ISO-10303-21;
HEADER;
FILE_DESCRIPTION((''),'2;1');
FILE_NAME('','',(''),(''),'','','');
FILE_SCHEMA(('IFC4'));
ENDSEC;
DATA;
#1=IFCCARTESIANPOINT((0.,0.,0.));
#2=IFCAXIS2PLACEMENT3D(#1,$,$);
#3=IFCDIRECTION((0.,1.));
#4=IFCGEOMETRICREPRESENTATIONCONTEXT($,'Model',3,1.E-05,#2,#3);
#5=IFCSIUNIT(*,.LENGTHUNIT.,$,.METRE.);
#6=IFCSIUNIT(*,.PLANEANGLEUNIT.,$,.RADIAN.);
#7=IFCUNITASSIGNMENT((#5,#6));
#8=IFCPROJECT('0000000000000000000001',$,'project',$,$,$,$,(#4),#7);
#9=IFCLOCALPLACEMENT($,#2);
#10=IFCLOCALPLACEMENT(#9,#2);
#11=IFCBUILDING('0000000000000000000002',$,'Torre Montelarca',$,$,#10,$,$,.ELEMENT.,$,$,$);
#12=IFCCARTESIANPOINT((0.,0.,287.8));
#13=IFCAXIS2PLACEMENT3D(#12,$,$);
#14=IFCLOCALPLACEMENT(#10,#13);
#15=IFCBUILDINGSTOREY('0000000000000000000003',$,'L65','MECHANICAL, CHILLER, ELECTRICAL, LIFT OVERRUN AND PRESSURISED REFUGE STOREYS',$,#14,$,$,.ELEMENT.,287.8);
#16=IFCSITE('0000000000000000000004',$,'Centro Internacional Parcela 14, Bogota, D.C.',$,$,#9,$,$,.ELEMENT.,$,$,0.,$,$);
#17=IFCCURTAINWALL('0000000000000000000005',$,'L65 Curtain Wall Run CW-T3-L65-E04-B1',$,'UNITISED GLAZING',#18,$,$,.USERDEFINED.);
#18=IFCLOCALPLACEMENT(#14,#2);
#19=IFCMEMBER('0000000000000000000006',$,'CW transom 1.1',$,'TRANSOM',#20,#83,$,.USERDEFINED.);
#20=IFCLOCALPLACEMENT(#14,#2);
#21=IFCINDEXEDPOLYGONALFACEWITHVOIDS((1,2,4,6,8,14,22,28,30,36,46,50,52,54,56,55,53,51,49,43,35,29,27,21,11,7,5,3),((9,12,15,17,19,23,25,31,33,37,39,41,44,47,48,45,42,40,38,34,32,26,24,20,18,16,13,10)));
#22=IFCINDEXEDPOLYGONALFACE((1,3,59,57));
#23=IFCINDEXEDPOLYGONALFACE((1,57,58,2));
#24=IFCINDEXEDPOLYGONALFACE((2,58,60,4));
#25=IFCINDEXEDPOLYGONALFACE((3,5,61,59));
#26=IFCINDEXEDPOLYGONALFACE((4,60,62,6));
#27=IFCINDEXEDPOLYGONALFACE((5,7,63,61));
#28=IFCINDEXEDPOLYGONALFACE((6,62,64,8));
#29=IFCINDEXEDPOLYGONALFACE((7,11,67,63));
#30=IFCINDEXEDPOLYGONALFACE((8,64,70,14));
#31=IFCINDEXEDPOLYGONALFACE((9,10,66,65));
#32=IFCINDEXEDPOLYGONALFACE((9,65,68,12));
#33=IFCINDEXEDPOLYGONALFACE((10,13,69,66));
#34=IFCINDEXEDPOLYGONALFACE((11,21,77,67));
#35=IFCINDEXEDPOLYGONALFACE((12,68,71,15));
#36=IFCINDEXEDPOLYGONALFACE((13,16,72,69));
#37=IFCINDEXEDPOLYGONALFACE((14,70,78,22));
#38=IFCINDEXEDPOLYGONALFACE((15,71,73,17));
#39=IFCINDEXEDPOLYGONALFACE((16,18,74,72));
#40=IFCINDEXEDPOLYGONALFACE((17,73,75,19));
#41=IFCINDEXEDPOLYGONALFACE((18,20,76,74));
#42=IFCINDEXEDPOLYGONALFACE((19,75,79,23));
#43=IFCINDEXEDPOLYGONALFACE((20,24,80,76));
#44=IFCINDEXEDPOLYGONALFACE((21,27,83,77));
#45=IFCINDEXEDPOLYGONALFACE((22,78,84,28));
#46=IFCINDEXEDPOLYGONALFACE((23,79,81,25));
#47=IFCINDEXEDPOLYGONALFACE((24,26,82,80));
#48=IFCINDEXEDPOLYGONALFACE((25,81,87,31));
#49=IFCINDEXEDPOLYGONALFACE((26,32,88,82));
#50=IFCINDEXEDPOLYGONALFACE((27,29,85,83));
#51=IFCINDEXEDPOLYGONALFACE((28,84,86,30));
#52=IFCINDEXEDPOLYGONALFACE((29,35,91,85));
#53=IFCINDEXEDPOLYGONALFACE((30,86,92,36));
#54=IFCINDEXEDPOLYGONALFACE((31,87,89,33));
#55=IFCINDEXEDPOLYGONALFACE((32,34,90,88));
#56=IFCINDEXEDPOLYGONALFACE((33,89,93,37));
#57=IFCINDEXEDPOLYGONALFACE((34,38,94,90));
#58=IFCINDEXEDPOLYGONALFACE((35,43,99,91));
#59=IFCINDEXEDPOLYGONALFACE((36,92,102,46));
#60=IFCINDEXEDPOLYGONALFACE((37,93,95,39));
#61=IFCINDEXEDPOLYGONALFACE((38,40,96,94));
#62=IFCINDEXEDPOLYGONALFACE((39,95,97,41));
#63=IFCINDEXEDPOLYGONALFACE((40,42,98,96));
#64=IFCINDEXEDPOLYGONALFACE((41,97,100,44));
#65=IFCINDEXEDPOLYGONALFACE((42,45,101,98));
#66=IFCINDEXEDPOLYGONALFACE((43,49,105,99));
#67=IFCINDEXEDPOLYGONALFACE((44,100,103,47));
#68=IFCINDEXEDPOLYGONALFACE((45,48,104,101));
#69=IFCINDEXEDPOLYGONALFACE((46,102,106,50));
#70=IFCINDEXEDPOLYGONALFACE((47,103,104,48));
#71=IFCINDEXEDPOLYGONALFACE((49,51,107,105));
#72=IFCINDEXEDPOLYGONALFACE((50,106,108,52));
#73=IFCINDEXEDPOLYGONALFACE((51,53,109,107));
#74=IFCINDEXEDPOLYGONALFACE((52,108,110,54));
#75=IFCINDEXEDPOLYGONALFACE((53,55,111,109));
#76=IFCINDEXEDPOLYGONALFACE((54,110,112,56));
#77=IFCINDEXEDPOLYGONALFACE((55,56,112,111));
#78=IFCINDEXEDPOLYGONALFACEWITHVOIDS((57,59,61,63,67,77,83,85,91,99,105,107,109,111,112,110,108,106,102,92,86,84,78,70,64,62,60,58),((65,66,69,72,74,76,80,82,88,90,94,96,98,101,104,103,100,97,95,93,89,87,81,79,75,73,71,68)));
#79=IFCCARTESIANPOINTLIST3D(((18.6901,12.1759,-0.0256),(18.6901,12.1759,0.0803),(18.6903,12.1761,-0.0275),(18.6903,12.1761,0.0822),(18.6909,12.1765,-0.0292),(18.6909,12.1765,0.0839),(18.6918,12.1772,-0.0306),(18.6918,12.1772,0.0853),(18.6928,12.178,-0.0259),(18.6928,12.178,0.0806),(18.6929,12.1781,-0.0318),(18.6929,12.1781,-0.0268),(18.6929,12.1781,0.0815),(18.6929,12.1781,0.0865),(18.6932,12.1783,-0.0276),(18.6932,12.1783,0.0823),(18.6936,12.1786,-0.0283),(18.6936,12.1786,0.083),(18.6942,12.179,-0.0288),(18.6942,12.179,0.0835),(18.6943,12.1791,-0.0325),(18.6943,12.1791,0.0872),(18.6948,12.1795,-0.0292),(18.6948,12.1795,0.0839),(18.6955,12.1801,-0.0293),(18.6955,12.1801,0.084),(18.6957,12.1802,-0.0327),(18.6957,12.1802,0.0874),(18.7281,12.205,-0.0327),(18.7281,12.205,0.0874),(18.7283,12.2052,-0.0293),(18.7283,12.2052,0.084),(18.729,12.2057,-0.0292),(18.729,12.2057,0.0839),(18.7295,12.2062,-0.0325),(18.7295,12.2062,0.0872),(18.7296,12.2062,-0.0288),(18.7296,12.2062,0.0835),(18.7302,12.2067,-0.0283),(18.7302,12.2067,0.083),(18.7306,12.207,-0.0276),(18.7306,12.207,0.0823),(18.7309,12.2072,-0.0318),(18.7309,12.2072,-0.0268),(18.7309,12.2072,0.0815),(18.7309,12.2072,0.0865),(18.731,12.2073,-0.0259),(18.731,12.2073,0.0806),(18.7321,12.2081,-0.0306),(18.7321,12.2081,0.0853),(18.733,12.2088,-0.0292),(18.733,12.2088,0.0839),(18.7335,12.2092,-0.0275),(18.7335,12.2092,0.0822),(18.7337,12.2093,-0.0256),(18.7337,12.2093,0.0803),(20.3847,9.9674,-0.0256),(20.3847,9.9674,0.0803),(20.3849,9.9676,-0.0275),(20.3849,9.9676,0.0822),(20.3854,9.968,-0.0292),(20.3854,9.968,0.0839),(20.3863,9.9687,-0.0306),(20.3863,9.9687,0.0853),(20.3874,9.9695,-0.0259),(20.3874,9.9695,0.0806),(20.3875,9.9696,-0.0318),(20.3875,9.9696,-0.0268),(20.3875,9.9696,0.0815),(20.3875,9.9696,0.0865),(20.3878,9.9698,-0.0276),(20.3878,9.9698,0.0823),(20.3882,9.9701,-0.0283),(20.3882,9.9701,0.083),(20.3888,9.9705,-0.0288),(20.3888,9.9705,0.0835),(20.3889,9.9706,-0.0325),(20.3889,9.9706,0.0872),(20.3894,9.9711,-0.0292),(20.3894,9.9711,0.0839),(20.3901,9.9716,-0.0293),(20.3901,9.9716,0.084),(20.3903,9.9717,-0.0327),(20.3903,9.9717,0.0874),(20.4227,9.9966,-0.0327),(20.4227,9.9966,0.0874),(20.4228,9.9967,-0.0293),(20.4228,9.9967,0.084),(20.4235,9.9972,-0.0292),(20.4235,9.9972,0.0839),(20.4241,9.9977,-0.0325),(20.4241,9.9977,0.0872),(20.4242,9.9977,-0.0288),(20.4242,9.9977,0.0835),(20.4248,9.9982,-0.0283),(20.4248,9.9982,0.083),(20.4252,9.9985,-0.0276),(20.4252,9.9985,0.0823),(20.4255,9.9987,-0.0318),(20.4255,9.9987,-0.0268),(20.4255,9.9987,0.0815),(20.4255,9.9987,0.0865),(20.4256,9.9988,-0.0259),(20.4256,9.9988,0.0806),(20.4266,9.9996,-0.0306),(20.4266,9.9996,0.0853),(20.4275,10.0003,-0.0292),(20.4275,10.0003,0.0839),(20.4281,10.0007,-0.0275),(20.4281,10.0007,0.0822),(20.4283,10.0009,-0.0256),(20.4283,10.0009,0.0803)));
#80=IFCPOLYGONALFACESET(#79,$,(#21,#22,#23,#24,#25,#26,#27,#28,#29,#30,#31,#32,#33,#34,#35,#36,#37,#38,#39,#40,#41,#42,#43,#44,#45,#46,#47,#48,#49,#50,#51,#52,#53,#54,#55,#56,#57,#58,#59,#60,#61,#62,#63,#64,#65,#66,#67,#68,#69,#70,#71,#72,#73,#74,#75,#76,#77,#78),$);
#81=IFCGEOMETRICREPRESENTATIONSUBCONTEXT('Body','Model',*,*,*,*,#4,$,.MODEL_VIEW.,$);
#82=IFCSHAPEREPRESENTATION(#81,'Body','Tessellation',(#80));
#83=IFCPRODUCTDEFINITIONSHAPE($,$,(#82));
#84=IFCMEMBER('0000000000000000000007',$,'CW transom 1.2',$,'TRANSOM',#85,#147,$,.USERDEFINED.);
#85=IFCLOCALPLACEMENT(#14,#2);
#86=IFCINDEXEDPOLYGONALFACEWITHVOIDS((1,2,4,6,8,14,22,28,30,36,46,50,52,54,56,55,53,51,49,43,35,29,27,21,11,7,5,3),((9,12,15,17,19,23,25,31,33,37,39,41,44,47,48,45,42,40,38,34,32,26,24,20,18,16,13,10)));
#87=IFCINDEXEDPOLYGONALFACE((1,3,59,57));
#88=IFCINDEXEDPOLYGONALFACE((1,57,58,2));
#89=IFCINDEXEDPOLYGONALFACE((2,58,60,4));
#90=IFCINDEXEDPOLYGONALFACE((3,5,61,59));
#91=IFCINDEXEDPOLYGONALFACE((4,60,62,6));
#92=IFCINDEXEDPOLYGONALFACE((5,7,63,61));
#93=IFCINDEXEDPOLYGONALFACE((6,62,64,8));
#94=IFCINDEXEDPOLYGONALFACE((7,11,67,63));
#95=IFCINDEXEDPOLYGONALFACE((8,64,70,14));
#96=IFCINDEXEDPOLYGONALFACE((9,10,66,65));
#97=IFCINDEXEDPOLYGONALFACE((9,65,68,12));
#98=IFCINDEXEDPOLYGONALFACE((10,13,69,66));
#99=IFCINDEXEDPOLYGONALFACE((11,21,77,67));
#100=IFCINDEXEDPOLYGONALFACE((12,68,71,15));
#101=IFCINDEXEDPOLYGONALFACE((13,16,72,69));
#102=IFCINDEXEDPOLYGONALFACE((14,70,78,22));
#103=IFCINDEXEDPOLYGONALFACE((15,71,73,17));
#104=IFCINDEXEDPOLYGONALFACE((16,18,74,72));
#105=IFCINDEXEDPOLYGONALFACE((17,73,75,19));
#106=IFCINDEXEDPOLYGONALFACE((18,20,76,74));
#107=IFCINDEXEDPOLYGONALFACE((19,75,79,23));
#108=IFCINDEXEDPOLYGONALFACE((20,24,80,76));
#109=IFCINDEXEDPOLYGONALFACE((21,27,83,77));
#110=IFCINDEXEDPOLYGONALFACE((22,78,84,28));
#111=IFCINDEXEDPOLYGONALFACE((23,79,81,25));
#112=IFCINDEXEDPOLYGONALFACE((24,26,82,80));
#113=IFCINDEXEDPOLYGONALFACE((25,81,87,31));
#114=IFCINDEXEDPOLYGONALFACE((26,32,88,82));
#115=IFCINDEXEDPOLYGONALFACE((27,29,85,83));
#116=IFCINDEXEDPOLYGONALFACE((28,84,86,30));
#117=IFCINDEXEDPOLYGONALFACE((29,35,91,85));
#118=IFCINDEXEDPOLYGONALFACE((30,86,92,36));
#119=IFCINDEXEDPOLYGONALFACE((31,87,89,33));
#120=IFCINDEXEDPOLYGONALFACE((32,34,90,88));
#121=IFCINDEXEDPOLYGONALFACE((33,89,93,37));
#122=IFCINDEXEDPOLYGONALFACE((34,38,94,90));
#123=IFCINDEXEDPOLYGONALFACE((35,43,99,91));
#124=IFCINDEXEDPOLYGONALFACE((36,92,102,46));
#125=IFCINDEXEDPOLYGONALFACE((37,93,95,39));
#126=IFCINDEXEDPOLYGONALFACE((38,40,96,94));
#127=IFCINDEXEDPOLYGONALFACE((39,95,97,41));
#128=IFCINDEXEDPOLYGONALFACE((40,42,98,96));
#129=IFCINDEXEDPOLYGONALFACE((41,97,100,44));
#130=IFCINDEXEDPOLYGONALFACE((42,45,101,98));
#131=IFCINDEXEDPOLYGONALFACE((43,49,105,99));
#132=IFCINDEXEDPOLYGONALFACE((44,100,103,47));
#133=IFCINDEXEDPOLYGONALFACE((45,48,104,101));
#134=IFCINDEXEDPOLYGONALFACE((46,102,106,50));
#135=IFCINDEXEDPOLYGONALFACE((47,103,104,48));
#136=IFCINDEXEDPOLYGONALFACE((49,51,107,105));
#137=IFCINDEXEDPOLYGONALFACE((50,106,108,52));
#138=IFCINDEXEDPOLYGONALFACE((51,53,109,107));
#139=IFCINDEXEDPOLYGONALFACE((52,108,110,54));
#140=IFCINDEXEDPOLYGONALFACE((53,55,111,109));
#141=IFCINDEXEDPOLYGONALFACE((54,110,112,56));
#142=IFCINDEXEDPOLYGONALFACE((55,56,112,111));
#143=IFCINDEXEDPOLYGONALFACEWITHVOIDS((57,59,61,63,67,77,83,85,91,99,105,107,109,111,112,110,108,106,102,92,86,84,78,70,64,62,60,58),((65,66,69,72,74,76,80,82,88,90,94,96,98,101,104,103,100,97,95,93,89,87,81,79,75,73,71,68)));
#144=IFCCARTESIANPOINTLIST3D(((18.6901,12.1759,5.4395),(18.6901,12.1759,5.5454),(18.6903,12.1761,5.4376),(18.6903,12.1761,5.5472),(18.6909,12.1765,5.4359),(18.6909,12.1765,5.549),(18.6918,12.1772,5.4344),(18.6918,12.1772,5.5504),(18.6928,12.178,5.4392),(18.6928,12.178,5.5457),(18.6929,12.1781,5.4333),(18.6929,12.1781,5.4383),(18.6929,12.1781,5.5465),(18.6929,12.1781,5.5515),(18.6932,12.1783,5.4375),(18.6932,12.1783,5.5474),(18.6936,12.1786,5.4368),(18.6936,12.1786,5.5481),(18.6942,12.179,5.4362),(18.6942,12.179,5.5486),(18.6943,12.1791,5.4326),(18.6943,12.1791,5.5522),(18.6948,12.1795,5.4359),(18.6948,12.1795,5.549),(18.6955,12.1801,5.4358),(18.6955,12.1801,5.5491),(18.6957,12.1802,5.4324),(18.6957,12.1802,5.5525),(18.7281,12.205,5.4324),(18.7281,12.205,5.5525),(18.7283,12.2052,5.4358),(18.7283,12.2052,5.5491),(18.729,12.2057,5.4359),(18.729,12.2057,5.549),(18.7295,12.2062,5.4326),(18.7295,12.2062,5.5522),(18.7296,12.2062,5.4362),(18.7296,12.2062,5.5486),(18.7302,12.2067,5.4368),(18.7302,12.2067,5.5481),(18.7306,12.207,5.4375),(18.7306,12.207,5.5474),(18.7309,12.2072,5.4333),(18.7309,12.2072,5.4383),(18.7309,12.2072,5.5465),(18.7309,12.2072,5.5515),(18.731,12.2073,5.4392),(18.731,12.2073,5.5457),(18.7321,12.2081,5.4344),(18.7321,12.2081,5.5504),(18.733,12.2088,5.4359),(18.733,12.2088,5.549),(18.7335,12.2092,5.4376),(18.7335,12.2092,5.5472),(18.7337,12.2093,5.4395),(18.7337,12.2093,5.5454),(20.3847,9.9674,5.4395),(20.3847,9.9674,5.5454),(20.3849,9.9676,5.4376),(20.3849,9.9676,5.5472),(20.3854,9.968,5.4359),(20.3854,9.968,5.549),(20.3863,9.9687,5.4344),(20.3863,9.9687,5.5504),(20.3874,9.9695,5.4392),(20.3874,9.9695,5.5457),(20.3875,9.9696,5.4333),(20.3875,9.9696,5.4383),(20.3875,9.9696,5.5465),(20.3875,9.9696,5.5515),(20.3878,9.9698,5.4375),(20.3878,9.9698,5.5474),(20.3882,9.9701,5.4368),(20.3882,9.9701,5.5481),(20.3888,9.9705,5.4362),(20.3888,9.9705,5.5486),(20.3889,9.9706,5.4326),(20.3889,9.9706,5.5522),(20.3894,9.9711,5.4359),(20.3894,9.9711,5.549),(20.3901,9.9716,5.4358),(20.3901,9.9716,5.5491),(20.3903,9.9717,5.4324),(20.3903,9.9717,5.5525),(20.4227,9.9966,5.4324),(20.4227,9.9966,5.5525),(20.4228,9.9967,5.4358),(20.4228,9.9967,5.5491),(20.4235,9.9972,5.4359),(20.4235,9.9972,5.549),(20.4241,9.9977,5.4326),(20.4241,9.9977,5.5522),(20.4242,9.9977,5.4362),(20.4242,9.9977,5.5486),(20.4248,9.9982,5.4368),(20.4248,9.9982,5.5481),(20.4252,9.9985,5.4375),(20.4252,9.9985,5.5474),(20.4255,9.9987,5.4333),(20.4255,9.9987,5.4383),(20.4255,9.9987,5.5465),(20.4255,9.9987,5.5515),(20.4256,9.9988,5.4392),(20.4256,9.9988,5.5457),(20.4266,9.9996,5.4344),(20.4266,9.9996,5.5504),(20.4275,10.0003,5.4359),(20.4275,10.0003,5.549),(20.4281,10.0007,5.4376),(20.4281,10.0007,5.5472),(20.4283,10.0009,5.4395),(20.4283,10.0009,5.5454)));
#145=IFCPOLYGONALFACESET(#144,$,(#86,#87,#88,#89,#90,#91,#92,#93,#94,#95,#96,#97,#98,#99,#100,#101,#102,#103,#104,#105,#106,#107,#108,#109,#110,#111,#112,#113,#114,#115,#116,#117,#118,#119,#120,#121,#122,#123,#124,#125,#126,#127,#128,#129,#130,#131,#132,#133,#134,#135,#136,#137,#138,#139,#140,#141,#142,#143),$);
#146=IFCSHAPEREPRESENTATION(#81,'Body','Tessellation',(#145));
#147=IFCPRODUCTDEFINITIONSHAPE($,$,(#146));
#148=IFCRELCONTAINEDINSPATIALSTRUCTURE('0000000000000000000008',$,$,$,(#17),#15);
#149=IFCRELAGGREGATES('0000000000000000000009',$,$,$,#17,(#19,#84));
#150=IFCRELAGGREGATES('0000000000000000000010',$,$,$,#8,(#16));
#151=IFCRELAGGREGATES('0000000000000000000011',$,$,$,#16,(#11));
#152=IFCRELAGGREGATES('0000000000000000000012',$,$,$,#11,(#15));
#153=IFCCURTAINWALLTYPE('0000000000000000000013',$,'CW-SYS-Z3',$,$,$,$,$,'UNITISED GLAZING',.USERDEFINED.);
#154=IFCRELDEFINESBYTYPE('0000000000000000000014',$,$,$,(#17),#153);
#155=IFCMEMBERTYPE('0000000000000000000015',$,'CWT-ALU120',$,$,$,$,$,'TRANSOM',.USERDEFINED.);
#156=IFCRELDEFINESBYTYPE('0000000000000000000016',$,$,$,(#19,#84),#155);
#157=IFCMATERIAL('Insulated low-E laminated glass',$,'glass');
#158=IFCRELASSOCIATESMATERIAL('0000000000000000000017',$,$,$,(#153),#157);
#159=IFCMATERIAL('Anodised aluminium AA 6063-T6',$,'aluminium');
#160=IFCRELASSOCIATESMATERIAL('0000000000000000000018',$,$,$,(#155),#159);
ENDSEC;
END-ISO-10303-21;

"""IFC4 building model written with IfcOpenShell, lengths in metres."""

from ifc_helpers import new_model, si_unit, direction, frame, origin, origin_2d, place, context, subcontext, project, spatial, hollow_rectangle, extrude, source, transform, mapped, material, material_profile, profile_set, type_object, element, aggregate, save


model = new_model("IFC4")

# Units and contexts
model_context = context("Model", 3, precision=1e-05, world=origin(), true_north=direction((0.0, 1.0)))
body_context = subcontext(model_context, "Body", "Model", "MODEL_VIEW")
ifc_project = project(units=[si_unit("LENGTHUNIT", "METRE"), si_unit("PLANEANGLEUNIT", "RADIAN")], contexts=[model_context])

# Site, building, storey
site_placement = place(None, origin())
site = spatial("IfcSite", under=ifc_project, at=site_placement, Name="Centro Internacional Parcela 14, Bogota, D.C.", CompositionType="ELEMENT", RefElevation=0.0)
building_placement = place(site_placement, origin())
building = spatial("IfcBuilding", under=site, at=building_placement, Name="Torre Montelarca", CompositionType="ELEMENT")
storey_placement = place(building_placement, frame((0.0, 0.0, 287.8)))
storey = spatial("IfcBuildingStorey", under=building, at=storey_placement, Name="L65", Description="MECHANICAL, CHILLER, ELECTRICAL, LIFT OVERRUN AND PRESSURISED REFUGE STOREYS", CompositionType="ELEMENT", Elevation=287.8)

# Curtain wall, members
ifc_material_1 = material(Name="Insulated low-E laminated glass", Category="glass")
curtain_wall_type = type_object("IfcCurtainWallType", Name="CW-SYS-Z3", ElementType="UNITISED GLAZING", PredefinedType="USERDEFINED", material=ifc_material_1)
ifc_material_2 = material(Name="Anodised aluminium AA 6063-T6", Category="aluminium")
ifc_material_profile_1 = material_profile(ifc_material_2, hollow_rectangle(XDim=0.0549, YDim=0.1201, WallThickness=0.0034, InnerFilletRadius=0.0034, OuterFilletRadius=0.0071, at=origin_2d()), Name="ALU55X120X3.5", Category="aluminium")
ifc_profile_set_1 = profile_set([ifc_material_profile_1], Name="Anodised aluminium AA 6063-T6")
member_type_1 = type_object("IfcMemberType", Name="CWT-ALU120", ElementType="TRANSOM", PredefinedType="USERDEFINED", material=ifc_profile_set_1)
curtain_wall_1_placement = place(storey_placement, origin())
curtain_wall_1 = element("IfcCurtainWall", 1, at=curtain_wall_1_placement, inside=storey, type_object=curtain_wall_type, Name="L65 Curtain Wall Run CW-T3-L65-E04-B1", ObjectType="UNITISED GLAZING", PredefinedType="USERDEFINED")
shared_shape_1 = source(origin(), body_context, "Body", "SweptSolid", [
    extrude(hollow_rectangle(XDim=0.0549, YDim=0.1201, WallThickness=0.0034, InnerFilletRadius=0.0034, OuterFilletRadius=0.0071, at=origin_2d()), origin(), (0.0, 0.0, 1.0), 2.7837),
])
member_1_placement = place(storey_placement, frame((18.7119, 12.1926, 0.0273), z_axis=(0.608748, -0.793364, 0.0), x_axis=(0.793364, 0.608748, 0.0)))
member_1 = element("IfcMember", 2, at=member_1_placement, type_object=member_type_1, Name="CW transom 1.1", ObjectType="TRANSOM", PredefinedType="USERDEFINED", context=body_context, shape_type="MappedRepresentation", body=[
    mapped(shared_shape_1, transform((0.0, 0.0, 0.0), scale=1.0)),
])
member_2_placement = place(storey_placement, frame((18.7119, 12.1926, 5.4924), z_axis=(0.608748, -0.793364, 0.0), x_axis=(0.793364, 0.608748, 0.0)))
member_2 = element("IfcMember", 3, at=member_2_placement, type_object=member_type_1, Name="CW transom 1.2", ObjectType="TRANSOM", PredefinedType="USERDEFINED", context=body_context, shape_type="MappedRepresentation", body=[
    mapped(shared_shape_1, transform((0.0, 0.0, 0.0), scale=1.0)),
])

aggregate(curtain_wall_1, [member_1, member_2])

save(model, "model.ifc")
